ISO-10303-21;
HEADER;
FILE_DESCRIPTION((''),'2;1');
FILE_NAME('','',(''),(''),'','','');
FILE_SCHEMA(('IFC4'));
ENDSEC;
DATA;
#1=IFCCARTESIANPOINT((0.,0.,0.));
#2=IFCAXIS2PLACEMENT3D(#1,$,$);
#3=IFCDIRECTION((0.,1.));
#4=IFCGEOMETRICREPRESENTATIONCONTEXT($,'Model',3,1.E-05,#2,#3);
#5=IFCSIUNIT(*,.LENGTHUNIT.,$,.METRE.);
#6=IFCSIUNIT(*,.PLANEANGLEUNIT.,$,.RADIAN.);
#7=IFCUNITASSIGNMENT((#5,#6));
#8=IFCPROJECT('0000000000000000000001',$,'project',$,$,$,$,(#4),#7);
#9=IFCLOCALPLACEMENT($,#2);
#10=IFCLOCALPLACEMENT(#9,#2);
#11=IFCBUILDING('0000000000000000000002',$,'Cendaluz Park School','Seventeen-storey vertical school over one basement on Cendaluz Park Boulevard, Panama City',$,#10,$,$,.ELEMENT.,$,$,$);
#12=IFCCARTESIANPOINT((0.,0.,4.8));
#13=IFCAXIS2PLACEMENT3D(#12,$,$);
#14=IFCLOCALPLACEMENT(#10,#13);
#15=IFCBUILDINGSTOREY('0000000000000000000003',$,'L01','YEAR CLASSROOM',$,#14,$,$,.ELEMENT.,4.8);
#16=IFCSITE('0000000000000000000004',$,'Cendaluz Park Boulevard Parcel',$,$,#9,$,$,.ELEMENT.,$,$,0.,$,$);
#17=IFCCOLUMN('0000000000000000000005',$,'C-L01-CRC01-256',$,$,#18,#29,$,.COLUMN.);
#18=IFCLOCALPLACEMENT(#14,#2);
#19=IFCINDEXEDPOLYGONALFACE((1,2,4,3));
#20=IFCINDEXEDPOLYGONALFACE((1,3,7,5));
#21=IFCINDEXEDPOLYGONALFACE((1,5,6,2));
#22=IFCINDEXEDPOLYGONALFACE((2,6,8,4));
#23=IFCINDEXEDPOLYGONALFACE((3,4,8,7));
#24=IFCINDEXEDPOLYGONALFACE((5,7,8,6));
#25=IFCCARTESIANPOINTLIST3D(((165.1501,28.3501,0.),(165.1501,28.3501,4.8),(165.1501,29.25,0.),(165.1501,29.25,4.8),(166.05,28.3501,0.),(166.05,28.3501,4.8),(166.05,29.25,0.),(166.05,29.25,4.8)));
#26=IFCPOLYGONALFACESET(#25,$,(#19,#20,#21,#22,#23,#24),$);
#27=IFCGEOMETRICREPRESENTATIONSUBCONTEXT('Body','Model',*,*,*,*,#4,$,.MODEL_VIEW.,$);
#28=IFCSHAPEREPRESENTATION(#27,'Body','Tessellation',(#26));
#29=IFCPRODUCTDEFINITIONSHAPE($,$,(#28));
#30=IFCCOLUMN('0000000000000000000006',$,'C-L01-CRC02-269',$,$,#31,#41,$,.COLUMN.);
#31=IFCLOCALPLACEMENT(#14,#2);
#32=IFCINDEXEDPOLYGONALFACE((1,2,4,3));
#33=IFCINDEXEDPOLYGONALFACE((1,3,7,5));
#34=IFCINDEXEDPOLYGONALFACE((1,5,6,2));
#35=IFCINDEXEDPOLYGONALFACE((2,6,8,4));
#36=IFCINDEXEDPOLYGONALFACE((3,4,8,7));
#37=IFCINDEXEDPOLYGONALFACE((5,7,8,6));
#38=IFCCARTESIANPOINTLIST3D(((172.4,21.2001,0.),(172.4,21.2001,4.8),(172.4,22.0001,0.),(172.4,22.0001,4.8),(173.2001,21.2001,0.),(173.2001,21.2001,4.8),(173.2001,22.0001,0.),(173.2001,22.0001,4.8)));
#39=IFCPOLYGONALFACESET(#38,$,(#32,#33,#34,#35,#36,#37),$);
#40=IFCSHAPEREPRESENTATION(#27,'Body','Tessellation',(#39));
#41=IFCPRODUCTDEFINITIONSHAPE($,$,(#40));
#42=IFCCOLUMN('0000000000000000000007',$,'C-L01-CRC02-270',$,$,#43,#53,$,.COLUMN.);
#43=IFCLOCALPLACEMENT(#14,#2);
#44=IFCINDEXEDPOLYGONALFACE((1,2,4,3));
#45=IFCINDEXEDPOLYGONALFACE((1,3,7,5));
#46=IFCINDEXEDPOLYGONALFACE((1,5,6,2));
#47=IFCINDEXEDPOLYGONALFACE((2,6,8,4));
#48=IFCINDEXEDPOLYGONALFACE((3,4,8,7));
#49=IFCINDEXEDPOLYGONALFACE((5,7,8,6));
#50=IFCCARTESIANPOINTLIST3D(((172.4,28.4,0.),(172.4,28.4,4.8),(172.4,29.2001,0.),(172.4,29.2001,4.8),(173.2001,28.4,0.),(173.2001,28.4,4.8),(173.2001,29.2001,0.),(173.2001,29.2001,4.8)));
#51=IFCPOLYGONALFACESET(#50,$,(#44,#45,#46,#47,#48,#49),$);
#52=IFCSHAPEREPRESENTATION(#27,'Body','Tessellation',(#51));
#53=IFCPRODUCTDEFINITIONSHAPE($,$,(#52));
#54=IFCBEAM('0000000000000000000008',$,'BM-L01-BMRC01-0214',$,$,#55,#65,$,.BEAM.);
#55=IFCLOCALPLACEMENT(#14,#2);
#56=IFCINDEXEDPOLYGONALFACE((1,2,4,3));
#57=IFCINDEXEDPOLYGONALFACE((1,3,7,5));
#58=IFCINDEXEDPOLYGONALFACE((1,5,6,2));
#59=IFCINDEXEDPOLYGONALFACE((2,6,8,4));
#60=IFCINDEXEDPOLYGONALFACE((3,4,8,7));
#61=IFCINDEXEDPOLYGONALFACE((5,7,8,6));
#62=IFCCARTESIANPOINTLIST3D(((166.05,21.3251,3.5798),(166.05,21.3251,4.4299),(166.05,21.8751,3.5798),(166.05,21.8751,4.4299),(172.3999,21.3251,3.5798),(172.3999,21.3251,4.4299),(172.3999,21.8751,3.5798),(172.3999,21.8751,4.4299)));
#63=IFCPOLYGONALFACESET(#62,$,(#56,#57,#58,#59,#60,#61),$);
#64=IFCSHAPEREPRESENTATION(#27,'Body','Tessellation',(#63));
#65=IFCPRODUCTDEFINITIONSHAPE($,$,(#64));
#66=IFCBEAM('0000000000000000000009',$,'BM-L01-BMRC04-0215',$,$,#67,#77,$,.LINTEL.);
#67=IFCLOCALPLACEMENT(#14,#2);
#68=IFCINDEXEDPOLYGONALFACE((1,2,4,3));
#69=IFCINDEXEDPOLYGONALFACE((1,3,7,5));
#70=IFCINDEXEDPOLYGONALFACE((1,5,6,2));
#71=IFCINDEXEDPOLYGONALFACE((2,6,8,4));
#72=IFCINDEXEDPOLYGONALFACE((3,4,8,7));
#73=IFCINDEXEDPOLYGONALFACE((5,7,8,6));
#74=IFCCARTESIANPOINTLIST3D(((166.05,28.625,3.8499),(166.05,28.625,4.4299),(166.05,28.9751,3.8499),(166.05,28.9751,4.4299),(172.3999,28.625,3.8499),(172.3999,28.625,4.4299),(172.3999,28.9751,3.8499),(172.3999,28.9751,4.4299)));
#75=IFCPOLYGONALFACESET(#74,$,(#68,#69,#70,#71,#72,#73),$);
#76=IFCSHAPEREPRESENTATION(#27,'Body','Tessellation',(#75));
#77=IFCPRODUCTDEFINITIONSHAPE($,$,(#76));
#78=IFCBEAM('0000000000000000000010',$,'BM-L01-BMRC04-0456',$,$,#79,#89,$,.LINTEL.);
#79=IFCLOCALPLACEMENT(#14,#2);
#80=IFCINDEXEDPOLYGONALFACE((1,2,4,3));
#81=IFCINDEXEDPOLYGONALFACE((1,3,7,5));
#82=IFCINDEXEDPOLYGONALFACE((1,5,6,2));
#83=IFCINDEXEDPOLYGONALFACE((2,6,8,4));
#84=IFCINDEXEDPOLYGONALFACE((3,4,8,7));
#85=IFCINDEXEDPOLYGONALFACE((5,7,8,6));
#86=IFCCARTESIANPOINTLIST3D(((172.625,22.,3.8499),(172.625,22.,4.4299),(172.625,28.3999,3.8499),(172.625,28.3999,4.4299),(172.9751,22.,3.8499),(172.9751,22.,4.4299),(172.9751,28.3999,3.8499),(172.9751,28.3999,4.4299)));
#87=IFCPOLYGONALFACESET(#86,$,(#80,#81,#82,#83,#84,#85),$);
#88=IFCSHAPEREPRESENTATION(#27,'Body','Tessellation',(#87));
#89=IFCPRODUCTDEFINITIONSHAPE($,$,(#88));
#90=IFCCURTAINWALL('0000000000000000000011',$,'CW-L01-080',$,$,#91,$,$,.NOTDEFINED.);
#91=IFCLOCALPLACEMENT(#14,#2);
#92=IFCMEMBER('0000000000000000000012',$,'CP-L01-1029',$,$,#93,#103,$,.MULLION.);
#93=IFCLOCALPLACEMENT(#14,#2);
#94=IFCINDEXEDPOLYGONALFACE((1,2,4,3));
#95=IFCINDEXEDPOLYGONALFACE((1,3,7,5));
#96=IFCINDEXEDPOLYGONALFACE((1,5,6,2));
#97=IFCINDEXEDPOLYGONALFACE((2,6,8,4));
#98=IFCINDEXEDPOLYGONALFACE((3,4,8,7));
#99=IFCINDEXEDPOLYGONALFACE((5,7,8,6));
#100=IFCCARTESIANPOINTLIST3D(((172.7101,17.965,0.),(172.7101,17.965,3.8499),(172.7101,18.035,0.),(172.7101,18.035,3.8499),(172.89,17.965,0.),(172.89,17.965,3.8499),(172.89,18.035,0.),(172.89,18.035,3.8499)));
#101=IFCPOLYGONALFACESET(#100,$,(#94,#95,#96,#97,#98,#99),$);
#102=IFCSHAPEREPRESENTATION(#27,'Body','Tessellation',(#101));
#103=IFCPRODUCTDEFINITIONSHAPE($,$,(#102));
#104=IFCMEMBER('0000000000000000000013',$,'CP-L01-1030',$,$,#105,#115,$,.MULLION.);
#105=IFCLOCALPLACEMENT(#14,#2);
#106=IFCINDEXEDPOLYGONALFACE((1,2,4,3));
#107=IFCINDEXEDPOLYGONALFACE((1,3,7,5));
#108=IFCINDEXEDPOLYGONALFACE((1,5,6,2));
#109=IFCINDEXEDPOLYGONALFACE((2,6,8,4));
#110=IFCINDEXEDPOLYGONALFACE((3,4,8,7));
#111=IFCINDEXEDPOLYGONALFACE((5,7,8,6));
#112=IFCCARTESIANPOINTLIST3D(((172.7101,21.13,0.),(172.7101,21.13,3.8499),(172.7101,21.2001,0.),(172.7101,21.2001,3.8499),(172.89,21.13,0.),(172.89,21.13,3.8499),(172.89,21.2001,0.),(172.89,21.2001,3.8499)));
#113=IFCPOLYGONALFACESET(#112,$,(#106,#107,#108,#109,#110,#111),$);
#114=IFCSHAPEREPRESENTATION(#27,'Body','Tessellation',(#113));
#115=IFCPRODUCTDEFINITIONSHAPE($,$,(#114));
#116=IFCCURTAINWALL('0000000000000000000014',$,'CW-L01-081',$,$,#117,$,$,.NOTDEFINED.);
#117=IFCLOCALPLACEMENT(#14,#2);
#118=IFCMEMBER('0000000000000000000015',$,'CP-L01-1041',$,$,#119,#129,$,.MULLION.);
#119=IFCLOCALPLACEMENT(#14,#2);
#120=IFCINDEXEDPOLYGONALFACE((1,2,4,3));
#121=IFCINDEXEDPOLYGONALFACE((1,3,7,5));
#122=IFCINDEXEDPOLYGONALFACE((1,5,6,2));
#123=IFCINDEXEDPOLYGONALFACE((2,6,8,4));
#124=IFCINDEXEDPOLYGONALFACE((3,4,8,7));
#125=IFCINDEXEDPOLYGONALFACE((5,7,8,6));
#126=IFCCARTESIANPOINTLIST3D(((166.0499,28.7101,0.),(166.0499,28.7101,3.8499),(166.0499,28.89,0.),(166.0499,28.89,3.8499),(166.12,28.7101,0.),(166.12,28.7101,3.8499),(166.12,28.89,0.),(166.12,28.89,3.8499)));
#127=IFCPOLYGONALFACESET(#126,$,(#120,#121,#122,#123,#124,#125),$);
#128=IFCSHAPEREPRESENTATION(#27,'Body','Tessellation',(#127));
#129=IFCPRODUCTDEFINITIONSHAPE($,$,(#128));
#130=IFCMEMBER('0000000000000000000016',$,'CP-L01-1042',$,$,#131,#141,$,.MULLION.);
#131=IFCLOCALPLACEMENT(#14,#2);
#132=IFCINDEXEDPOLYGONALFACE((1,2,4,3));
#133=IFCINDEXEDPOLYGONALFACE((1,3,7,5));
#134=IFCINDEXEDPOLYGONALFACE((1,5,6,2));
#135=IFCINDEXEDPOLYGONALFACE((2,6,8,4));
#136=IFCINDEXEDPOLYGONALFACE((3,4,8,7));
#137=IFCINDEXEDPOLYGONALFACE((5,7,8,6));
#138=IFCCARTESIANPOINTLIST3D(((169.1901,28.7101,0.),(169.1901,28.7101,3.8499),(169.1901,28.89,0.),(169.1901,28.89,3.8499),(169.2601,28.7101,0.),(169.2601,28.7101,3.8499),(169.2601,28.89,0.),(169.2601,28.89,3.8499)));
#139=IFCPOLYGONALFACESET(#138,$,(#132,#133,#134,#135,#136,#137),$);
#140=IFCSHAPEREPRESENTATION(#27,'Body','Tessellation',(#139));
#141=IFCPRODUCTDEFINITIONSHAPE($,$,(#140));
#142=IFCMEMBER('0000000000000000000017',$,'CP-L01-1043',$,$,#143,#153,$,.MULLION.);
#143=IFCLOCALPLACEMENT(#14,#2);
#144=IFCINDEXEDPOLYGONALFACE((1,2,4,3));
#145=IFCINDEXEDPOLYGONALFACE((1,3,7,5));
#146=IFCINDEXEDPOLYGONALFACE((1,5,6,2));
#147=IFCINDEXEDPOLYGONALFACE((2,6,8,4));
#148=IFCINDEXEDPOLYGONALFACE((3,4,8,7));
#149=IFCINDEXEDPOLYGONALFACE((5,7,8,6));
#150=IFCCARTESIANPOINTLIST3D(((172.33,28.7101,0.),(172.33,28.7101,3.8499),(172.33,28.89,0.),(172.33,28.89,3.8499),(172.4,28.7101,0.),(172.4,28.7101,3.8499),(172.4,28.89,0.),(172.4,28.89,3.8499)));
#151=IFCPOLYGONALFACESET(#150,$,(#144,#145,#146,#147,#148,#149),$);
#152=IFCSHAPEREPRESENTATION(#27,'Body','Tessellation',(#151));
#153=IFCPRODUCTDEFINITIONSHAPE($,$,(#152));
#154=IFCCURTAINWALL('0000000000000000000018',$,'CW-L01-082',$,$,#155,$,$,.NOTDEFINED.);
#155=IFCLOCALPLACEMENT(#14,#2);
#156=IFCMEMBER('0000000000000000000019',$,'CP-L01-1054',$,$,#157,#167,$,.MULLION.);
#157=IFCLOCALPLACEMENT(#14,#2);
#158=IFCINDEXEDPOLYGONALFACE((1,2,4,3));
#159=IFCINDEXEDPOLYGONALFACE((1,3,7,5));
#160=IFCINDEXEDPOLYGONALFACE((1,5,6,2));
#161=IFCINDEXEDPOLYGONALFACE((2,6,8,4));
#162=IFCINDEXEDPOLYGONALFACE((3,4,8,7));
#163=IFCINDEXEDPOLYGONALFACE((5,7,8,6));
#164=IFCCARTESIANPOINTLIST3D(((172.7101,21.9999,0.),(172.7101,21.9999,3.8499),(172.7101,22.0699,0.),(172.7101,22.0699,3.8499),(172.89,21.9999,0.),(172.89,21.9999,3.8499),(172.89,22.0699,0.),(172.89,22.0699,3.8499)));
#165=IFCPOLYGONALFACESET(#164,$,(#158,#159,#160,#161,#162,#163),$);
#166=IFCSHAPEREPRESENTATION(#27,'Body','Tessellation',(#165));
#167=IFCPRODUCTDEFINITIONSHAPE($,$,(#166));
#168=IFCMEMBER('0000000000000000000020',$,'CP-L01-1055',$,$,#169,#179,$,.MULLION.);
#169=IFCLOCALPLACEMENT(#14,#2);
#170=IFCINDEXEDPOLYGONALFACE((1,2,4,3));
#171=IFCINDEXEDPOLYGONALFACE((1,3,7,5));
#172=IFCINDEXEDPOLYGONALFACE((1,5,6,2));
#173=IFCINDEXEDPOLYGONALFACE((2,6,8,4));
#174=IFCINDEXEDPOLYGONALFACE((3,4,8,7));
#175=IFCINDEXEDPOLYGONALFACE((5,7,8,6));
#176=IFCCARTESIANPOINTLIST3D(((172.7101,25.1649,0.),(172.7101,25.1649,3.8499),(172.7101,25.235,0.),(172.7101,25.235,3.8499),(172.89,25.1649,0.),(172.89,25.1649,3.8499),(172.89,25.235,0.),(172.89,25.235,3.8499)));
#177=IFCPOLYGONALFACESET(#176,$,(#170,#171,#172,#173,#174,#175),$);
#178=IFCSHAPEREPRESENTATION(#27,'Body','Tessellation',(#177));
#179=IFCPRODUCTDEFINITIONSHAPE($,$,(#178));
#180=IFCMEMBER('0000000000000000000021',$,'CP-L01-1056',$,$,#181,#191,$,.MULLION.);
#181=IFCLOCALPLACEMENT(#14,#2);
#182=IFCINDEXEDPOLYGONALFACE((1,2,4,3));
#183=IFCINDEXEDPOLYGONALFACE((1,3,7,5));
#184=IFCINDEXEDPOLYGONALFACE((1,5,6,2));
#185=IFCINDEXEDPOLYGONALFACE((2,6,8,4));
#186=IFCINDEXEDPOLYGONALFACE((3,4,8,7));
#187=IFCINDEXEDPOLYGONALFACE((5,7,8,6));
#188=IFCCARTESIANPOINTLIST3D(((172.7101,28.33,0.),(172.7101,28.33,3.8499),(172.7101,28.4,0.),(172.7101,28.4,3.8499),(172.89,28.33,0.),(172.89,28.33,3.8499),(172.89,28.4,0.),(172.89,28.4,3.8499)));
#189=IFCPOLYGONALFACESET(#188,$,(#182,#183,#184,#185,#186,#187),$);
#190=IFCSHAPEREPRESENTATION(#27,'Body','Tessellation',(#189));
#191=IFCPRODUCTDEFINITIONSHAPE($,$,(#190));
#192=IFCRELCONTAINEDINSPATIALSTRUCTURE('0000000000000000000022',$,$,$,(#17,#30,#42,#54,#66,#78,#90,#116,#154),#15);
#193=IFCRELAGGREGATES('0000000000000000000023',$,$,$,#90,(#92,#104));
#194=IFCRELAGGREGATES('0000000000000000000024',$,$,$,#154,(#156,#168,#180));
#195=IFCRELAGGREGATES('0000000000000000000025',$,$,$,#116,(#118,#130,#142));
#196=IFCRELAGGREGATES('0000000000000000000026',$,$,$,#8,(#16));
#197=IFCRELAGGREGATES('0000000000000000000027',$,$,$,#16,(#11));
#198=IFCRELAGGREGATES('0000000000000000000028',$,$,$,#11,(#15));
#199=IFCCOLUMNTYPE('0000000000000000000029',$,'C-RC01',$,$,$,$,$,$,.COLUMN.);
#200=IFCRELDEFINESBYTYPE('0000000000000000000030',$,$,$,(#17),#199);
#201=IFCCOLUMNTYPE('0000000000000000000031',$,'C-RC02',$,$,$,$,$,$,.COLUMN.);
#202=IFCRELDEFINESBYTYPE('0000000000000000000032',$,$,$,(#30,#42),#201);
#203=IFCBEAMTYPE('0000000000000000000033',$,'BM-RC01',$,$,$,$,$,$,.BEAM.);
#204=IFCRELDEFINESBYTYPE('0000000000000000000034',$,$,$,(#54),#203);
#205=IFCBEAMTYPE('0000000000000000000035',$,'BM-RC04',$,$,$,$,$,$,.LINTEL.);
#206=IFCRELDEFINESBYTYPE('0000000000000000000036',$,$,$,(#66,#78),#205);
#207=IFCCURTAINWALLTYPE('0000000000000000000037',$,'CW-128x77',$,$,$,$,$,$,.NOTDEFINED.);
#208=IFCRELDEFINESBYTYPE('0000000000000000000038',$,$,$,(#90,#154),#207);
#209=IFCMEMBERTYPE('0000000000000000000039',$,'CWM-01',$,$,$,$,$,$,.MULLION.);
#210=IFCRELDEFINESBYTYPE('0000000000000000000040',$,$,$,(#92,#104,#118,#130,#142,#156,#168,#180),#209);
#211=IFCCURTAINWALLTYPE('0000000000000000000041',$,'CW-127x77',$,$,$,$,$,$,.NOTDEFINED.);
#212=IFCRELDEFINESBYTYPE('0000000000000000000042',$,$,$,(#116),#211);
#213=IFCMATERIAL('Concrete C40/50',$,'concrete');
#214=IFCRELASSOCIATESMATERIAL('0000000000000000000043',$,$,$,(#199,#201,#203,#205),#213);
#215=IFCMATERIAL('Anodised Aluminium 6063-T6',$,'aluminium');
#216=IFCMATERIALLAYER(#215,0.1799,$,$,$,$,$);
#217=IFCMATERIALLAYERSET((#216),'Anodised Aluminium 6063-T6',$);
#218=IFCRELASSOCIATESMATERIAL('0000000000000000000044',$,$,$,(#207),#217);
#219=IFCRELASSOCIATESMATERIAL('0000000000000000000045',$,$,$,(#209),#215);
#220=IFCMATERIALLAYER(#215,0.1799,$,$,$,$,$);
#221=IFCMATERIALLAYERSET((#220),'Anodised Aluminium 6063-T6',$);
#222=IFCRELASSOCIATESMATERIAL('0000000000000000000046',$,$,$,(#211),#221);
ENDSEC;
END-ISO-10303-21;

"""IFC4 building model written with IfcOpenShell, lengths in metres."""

from ifc_helpers import new_model, si_unit, direction, frame, origin, origin_2d, place, context, subcontext, project, spatial, rectangle, extrude, material, layer, layer_set, material_profile, profile_set, type_object, element, aggregate, save


model = new_model("IFC4")

# Units and contexts
model_context = context("Model", 3, precision=1e-05, world=origin(), true_north=direction((0.0, 1.0)))
body_context = subcontext(model_context, "Body", "Model", "MODEL_VIEW")
ifc_project = project(units=[si_unit("LENGTHUNIT", "METRE"), si_unit("PLANEANGLEUNIT", "RADIAN")], contexts=[model_context])

# Site, building, storey
site_placement = place(None, origin())
site = spatial("IfcSite", under=ifc_project, at=site_placement, Name="Cendaluz Park Boulevard Parcel", CompositionType="ELEMENT", RefElevation=0.0)
building_placement = place(site_placement, origin())
building = spatial("IfcBuilding", under=site, at=building_placement, Name="Cendaluz Park School", Description="Seventeen-storey vertical school over one basement on Cendaluz Park Boulevard, Panama City", CompositionType="ELEMENT")
storey_placement = place(building_placement, frame((0.0, 0.0, 4.8)))
storey = spatial("IfcBuildingStorey", under=building, at=storey_placement, Name="L01", Description="YEAR CLASSROOM", CompositionType="ELEMENT", Elevation=4.8)

# Columns
ifc_material_1 = material(Name="Concrete C40/50", Category="concrete")
ifc_material_profile_1 = material_profile(ifc_material_1, rectangle(XDim=0.8999, YDim=0.8999, at=origin_2d()), Name="RC 900x900", Category="concrete")
ifc_profile_set_1 = profile_set([ifc_material_profile_1], Name="Concrete C40/50")
column_type_1 = type_object("IfcColumnType", Name="C-RC01", PredefinedType="COLUMN", material=ifc_profile_set_1)
column_placement = place(storey_placement, frame((165.6001, 28.8, 0.0), z_axis=(0.0, 0.0, 1.0), x_axis=(1.0, 0.0, 0.0)))
element("IfcColumn", 1, at=column_placement, inside=storey, type_object=column_type_1, Name="C-L01-CRC01-256", PredefinedType="COLUMN", context=body_context, shape_type="SweptSolid", body=[
    extrude(rectangle(XDim=0.8999, YDim=0.8999, at=origin_2d()), origin(), (0.0, 0.0, 1.0), 4.8),
])
ifc_material_profile_2 = material_profile(ifc_material_1, rectangle(XDim=0.8, YDim=0.8, at=origin_2d()), Name="RC 800x800", Category="concrete")
ifc_profile_set_2 = profile_set([ifc_material_profile_2], Name="Concrete C40/50")
column_type_2 = type_object("IfcColumnType", Name="C-RC02", PredefinedType="COLUMN", material=ifc_profile_set_2)
for number, where, z_axis, x_axis, name in (
    (2, (172.8, 21.6001, 0.0), (0.0, 0.0, 1.0), (1.0, 0.0, 0.0), "C-L01-CRC02-269"),
    (3, (172.8, 28.8, 0.0), (0.0, 0.0, 1.0), (1.0, 0.0, 0.0), "C-L01-CRC02-270"),
):
    element("IfcColumn", number, at=place(storey_placement, frame(where, z_axis=z_axis, x_axis=x_axis)), inside=storey, type_object=column_type_2, Name=name, PredefinedType="COLUMN", context=body_context, shape_type="SweptSolid", body=[
        extrude(rectangle(XDim=0.8, YDim=0.8, at=origin_2d()), origin(), (0.0, 0.0, 1.0), 4.8),
    ])

# Beams
ifc_material_profile_3 = material_profile(ifc_material_1, rectangle(XDim=0.55, YDim=0.8501, at=origin_2d()), Name="RC 550x850", Category="concrete")
ifc_profile_set_3 = profile_set([ifc_material_profile_3], Name="Concrete C40/50")
beam_type_1 = type_object("IfcBeamType", Name="BM-RC01", PredefinedType="BEAM", material=ifc_profile_set_3)
beam_1_placement = place(storey_placement, frame((166.05, 21.6001, 4.0049), z_axis=(1.0, 0.0, 0.0), x_axis=(0.0, 1.0, 0.0)))
element("IfcBeam", 4, at=beam_1_placement, inside=storey, type_object=beam_type_1, Name="BM-L01-BMRC01-0214", PredefinedType="BEAM", context=body_context, shape_type="SweptSolid", body=[
    extrude(rectangle(XDim=0.55, YDim=0.8501, at=origin_2d()), origin(), (0.0, 0.0, 1.0), 6.3499),
])
ifc_material_profile_4 = material_profile(ifc_material_1, rectangle(XDim=0.3501, YDim=0.5801, at=origin_2d()), Name="RC 350x580", Category="concrete")
ifc_profile_set_4 = profile_set([ifc_material_profile_4], Name="Concrete C40/50")
beam_type_2 = type_object("IfcBeamType", Name="BM-RC04", PredefinedType="LINTEL", material=ifc_profile_set_4)
beam_2_placement = place(storey_placement, frame((166.05, 28.8, 4.1399), z_axis=(1.0, 0.0, 0.0), x_axis=(0.0, 1.0, 0.0)))
element("IfcBeam", 5, at=beam_2_placement, inside=storey, type_object=beam_type_2, Name="BM-L01-BMRC04-0215", PredefinedType="LINTEL", context=body_context, shape_type="SweptSolid", body=[
    extrude(rectangle(XDim=0.3501, YDim=0.5801, at=origin_2d()), origin(), (0.0, 0.0, 1.0), 6.3499),
])
beam_3_placement = place(storey_placement, frame((172.8, 22.0, 4.1399), z_axis=(0.0, 1.0, 0.0), x_axis=(-1.0, 0.0, 0.0)))
element("IfcBeam", 6, at=beam_3_placement, inside=storey, type_object=beam_type_2, Name="BM-L01-BMRC04-0456", PredefinedType="LINTEL", context=body_context, shape_type="SweptSolid", body=[
    extrude(rectangle(XDim=0.3501, YDim=0.5801, at=origin_2d()), origin(), (0.0, 0.0, 1.0), 6.3999),
])

# Curtain walls, members
ifc_material_2 = material(Name="Anodised Aluminium 6063-T6", Category="aluminium")
ifc_layer_1 = layer(ifc_material_2, 0.1799)
ifc_layer_set_1 = layer_set([ifc_layer_1], Name="Anodised Aluminium 6063-T6")
curtain_wall_type_1 = type_object("IfcCurtainWallType", Name="CW-128x77", PredefinedType="NOTDEFINED", material=ifc_layer_set_1)
curtain_wall_1_placement = place(storey_placement, origin())
curtain_wall_1 = element("IfcCurtainWall", 7, at=curtain_wall_1_placement, inside=storey, type_object=curtain_wall_type_1, Name="CW-L01-080", PredefinedType="NOTDEFINED")
ifc_material_profile_5 = material_profile(ifc_material_2, rectangle(XDim=0.1799, YDim=0.0701, at=origin_2d()), Name="CWM 180x70", Category="aluminium")
ifc_profile_set_5 = profile_set([ifc_material_profile_5], Name="Anodised Aluminium 6063-T6")
member_type_1 = type_object("IfcMemberType", Name="CWM-01", PredefinedType="MULLION", material=ifc_profile_set_5)
member_1_placement = place(storey_placement, frame((172.8, 18.0, 0.0), z_axis=(0.0, 0.0, 1.0), x_axis=(-1.0, 0.0, 0.0)))
member_1 = element("IfcMember", 8, at=member_1_placement, type_object=member_type_1, Name="CP-L01-1029", PredefinedType="MULLION", context=body_context, shape_type="SweptSolid", body=[
    extrude(rectangle(XDim=0.1799, YDim=0.0701, at=origin_2d()), origin(), (0.0, 0.0, 1.0), 3.8499),
])
member_2_placement = place(storey_placement, frame((172.8, 21.165, 0.0), z_axis=(0.0, 0.0, 1.0), x_axis=(-1.0, 0.0, 0.0)))
member_2 = element("IfcMember", 9, at=member_2_placement, type_object=member_type_1, Name="CP-L01-1030", PredefinedType="MULLION", context=body_context, shape_type="SweptSolid", body=[
    extrude(rectangle(XDim=0.1799, YDim=0.0701, at=origin_2d()), origin(), (0.0, 0.0, 1.0), 3.8499),
])
ifc_layer_2 = layer(ifc_material_2, 0.1799)
ifc_layer_set_2 = layer_set([ifc_layer_2], Name="Anodised Aluminium 6063-T6")
curtain_wall_type_2 = type_object("IfcCurtainWallType", Name="CW-127x77", PredefinedType="NOTDEFINED", material=ifc_layer_set_2)
curtain_wall_2_placement = place(storey_placement, origin())
curtain_wall_2 = element("IfcCurtainWall", 10, at=curtain_wall_2_placement, inside=storey, type_object=curtain_wall_type_2, Name="CW-L01-081", PredefinedType="NOTDEFINED")
member_3_placement = place(storey_placement, frame((166.085, 28.8, 0.0), z_axis=(0.0, 0.0, 1.0), x_axis=(0.0, 1.0, 0.0)))
member_3 = element("IfcMember", 11, at=member_3_placement, type_object=member_type_1, Name="CP-L01-1041", PredefinedType="MULLION", context=body_context, shape_type="SweptSolid", body=[
    extrude(rectangle(XDim=0.1799, YDim=0.0701, at=origin_2d()), origin(), (0.0, 0.0, 1.0), 3.8499),
])
member_4_placement = place(storey_placement, frame((169.2251, 28.8, 0.0), z_axis=(0.0, 0.0, 1.0), x_axis=(0.0, 1.0, 0.0)))
member_4 = element("IfcMember", 12, at=member_4_placement, type_object=member_type_1, Name="CP-L01-1042", PredefinedType="MULLION", context=body_context, shape_type="SweptSolid", body=[
    extrude(rectangle(XDim=0.1799, YDim=0.0701, at=origin_2d()), origin(), (0.0, 0.0, 1.0), 3.8499),
])
member_5_placement = place(storey_placement, frame((172.365, 28.8, 0.0), z_axis=(0.0, 0.0, 1.0), x_axis=(0.0, 1.0, 0.0)))
member_5 = element("IfcMember", 13, at=member_5_placement, type_object=member_type_1, Name="CP-L01-1043", PredefinedType="MULLION", context=body_context, shape_type="SweptSolid", body=[
    extrude(rectangle(XDim=0.1799, YDim=0.0701, at=origin_2d()), origin(), (0.0, 0.0, 1.0), 3.8499),
])
curtain_wall_3_placement = place(storey_placement, origin())
curtain_wall_3 = element("IfcCurtainWall", 14, at=curtain_wall_3_placement, inside=storey, type_object=curtain_wall_type_1, Name="CW-L01-082", PredefinedType="NOTDEFINED")
member_6_placement = place(storey_placement, frame((172.8, 22.0349, 0.0), z_axis=(0.0, 0.0, 1.0), x_axis=(-1.0, 0.0, 0.0)))
member_6 = element("IfcMember", 15, at=member_6_placement, type_object=member_type_1, Name="CP-L01-1054", PredefinedType="MULLION", context=body_context, shape_type="SweptSolid", body=[
    extrude(rectangle(XDim=0.1799, YDim=0.0701, at=origin_2d()), origin(), (0.0, 0.0, 1.0), 3.8499),
])
member_7_placement = place(storey_placement, frame((172.8, 25.2, 0.0), z_axis=(0.0, 0.0, 1.0), x_axis=(-1.0, 0.0, 0.0)))
member_7 = element("IfcMember", 16, at=member_7_placement, type_object=member_type_1, Name="CP-L01-1055", PredefinedType="MULLION", context=body_context, shape_type="SweptSolid", body=[
    extrude(rectangle(XDim=0.1799, YDim=0.0701, at=origin_2d()), origin(), (0.0, 0.0, 1.0), 3.8499),
])
member_8_placement = place(storey_placement, frame((172.8, 28.365, 0.0), z_axis=(0.0, 0.0, 1.0), x_axis=(-1.0, 0.0, 0.0)))
member_8 = element("IfcMember", 17, at=member_8_placement, type_object=member_type_1, Name="CP-L01-1056", PredefinedType="MULLION", context=body_context, shape_type="SweptSolid", body=[
    extrude(rectangle(XDim=0.1799, YDim=0.0701, at=origin_2d()), origin(), (0.0, 0.0, 1.0), 3.8499),
])

aggregate(curtain_wall_1, [member_1, member_2])
aggregate(curtain_wall_3, [member_6, member_7, member_8])
aggregate(curtain_wall_2, [member_3, member_4, member_5])

save(model, "model.ifc")
